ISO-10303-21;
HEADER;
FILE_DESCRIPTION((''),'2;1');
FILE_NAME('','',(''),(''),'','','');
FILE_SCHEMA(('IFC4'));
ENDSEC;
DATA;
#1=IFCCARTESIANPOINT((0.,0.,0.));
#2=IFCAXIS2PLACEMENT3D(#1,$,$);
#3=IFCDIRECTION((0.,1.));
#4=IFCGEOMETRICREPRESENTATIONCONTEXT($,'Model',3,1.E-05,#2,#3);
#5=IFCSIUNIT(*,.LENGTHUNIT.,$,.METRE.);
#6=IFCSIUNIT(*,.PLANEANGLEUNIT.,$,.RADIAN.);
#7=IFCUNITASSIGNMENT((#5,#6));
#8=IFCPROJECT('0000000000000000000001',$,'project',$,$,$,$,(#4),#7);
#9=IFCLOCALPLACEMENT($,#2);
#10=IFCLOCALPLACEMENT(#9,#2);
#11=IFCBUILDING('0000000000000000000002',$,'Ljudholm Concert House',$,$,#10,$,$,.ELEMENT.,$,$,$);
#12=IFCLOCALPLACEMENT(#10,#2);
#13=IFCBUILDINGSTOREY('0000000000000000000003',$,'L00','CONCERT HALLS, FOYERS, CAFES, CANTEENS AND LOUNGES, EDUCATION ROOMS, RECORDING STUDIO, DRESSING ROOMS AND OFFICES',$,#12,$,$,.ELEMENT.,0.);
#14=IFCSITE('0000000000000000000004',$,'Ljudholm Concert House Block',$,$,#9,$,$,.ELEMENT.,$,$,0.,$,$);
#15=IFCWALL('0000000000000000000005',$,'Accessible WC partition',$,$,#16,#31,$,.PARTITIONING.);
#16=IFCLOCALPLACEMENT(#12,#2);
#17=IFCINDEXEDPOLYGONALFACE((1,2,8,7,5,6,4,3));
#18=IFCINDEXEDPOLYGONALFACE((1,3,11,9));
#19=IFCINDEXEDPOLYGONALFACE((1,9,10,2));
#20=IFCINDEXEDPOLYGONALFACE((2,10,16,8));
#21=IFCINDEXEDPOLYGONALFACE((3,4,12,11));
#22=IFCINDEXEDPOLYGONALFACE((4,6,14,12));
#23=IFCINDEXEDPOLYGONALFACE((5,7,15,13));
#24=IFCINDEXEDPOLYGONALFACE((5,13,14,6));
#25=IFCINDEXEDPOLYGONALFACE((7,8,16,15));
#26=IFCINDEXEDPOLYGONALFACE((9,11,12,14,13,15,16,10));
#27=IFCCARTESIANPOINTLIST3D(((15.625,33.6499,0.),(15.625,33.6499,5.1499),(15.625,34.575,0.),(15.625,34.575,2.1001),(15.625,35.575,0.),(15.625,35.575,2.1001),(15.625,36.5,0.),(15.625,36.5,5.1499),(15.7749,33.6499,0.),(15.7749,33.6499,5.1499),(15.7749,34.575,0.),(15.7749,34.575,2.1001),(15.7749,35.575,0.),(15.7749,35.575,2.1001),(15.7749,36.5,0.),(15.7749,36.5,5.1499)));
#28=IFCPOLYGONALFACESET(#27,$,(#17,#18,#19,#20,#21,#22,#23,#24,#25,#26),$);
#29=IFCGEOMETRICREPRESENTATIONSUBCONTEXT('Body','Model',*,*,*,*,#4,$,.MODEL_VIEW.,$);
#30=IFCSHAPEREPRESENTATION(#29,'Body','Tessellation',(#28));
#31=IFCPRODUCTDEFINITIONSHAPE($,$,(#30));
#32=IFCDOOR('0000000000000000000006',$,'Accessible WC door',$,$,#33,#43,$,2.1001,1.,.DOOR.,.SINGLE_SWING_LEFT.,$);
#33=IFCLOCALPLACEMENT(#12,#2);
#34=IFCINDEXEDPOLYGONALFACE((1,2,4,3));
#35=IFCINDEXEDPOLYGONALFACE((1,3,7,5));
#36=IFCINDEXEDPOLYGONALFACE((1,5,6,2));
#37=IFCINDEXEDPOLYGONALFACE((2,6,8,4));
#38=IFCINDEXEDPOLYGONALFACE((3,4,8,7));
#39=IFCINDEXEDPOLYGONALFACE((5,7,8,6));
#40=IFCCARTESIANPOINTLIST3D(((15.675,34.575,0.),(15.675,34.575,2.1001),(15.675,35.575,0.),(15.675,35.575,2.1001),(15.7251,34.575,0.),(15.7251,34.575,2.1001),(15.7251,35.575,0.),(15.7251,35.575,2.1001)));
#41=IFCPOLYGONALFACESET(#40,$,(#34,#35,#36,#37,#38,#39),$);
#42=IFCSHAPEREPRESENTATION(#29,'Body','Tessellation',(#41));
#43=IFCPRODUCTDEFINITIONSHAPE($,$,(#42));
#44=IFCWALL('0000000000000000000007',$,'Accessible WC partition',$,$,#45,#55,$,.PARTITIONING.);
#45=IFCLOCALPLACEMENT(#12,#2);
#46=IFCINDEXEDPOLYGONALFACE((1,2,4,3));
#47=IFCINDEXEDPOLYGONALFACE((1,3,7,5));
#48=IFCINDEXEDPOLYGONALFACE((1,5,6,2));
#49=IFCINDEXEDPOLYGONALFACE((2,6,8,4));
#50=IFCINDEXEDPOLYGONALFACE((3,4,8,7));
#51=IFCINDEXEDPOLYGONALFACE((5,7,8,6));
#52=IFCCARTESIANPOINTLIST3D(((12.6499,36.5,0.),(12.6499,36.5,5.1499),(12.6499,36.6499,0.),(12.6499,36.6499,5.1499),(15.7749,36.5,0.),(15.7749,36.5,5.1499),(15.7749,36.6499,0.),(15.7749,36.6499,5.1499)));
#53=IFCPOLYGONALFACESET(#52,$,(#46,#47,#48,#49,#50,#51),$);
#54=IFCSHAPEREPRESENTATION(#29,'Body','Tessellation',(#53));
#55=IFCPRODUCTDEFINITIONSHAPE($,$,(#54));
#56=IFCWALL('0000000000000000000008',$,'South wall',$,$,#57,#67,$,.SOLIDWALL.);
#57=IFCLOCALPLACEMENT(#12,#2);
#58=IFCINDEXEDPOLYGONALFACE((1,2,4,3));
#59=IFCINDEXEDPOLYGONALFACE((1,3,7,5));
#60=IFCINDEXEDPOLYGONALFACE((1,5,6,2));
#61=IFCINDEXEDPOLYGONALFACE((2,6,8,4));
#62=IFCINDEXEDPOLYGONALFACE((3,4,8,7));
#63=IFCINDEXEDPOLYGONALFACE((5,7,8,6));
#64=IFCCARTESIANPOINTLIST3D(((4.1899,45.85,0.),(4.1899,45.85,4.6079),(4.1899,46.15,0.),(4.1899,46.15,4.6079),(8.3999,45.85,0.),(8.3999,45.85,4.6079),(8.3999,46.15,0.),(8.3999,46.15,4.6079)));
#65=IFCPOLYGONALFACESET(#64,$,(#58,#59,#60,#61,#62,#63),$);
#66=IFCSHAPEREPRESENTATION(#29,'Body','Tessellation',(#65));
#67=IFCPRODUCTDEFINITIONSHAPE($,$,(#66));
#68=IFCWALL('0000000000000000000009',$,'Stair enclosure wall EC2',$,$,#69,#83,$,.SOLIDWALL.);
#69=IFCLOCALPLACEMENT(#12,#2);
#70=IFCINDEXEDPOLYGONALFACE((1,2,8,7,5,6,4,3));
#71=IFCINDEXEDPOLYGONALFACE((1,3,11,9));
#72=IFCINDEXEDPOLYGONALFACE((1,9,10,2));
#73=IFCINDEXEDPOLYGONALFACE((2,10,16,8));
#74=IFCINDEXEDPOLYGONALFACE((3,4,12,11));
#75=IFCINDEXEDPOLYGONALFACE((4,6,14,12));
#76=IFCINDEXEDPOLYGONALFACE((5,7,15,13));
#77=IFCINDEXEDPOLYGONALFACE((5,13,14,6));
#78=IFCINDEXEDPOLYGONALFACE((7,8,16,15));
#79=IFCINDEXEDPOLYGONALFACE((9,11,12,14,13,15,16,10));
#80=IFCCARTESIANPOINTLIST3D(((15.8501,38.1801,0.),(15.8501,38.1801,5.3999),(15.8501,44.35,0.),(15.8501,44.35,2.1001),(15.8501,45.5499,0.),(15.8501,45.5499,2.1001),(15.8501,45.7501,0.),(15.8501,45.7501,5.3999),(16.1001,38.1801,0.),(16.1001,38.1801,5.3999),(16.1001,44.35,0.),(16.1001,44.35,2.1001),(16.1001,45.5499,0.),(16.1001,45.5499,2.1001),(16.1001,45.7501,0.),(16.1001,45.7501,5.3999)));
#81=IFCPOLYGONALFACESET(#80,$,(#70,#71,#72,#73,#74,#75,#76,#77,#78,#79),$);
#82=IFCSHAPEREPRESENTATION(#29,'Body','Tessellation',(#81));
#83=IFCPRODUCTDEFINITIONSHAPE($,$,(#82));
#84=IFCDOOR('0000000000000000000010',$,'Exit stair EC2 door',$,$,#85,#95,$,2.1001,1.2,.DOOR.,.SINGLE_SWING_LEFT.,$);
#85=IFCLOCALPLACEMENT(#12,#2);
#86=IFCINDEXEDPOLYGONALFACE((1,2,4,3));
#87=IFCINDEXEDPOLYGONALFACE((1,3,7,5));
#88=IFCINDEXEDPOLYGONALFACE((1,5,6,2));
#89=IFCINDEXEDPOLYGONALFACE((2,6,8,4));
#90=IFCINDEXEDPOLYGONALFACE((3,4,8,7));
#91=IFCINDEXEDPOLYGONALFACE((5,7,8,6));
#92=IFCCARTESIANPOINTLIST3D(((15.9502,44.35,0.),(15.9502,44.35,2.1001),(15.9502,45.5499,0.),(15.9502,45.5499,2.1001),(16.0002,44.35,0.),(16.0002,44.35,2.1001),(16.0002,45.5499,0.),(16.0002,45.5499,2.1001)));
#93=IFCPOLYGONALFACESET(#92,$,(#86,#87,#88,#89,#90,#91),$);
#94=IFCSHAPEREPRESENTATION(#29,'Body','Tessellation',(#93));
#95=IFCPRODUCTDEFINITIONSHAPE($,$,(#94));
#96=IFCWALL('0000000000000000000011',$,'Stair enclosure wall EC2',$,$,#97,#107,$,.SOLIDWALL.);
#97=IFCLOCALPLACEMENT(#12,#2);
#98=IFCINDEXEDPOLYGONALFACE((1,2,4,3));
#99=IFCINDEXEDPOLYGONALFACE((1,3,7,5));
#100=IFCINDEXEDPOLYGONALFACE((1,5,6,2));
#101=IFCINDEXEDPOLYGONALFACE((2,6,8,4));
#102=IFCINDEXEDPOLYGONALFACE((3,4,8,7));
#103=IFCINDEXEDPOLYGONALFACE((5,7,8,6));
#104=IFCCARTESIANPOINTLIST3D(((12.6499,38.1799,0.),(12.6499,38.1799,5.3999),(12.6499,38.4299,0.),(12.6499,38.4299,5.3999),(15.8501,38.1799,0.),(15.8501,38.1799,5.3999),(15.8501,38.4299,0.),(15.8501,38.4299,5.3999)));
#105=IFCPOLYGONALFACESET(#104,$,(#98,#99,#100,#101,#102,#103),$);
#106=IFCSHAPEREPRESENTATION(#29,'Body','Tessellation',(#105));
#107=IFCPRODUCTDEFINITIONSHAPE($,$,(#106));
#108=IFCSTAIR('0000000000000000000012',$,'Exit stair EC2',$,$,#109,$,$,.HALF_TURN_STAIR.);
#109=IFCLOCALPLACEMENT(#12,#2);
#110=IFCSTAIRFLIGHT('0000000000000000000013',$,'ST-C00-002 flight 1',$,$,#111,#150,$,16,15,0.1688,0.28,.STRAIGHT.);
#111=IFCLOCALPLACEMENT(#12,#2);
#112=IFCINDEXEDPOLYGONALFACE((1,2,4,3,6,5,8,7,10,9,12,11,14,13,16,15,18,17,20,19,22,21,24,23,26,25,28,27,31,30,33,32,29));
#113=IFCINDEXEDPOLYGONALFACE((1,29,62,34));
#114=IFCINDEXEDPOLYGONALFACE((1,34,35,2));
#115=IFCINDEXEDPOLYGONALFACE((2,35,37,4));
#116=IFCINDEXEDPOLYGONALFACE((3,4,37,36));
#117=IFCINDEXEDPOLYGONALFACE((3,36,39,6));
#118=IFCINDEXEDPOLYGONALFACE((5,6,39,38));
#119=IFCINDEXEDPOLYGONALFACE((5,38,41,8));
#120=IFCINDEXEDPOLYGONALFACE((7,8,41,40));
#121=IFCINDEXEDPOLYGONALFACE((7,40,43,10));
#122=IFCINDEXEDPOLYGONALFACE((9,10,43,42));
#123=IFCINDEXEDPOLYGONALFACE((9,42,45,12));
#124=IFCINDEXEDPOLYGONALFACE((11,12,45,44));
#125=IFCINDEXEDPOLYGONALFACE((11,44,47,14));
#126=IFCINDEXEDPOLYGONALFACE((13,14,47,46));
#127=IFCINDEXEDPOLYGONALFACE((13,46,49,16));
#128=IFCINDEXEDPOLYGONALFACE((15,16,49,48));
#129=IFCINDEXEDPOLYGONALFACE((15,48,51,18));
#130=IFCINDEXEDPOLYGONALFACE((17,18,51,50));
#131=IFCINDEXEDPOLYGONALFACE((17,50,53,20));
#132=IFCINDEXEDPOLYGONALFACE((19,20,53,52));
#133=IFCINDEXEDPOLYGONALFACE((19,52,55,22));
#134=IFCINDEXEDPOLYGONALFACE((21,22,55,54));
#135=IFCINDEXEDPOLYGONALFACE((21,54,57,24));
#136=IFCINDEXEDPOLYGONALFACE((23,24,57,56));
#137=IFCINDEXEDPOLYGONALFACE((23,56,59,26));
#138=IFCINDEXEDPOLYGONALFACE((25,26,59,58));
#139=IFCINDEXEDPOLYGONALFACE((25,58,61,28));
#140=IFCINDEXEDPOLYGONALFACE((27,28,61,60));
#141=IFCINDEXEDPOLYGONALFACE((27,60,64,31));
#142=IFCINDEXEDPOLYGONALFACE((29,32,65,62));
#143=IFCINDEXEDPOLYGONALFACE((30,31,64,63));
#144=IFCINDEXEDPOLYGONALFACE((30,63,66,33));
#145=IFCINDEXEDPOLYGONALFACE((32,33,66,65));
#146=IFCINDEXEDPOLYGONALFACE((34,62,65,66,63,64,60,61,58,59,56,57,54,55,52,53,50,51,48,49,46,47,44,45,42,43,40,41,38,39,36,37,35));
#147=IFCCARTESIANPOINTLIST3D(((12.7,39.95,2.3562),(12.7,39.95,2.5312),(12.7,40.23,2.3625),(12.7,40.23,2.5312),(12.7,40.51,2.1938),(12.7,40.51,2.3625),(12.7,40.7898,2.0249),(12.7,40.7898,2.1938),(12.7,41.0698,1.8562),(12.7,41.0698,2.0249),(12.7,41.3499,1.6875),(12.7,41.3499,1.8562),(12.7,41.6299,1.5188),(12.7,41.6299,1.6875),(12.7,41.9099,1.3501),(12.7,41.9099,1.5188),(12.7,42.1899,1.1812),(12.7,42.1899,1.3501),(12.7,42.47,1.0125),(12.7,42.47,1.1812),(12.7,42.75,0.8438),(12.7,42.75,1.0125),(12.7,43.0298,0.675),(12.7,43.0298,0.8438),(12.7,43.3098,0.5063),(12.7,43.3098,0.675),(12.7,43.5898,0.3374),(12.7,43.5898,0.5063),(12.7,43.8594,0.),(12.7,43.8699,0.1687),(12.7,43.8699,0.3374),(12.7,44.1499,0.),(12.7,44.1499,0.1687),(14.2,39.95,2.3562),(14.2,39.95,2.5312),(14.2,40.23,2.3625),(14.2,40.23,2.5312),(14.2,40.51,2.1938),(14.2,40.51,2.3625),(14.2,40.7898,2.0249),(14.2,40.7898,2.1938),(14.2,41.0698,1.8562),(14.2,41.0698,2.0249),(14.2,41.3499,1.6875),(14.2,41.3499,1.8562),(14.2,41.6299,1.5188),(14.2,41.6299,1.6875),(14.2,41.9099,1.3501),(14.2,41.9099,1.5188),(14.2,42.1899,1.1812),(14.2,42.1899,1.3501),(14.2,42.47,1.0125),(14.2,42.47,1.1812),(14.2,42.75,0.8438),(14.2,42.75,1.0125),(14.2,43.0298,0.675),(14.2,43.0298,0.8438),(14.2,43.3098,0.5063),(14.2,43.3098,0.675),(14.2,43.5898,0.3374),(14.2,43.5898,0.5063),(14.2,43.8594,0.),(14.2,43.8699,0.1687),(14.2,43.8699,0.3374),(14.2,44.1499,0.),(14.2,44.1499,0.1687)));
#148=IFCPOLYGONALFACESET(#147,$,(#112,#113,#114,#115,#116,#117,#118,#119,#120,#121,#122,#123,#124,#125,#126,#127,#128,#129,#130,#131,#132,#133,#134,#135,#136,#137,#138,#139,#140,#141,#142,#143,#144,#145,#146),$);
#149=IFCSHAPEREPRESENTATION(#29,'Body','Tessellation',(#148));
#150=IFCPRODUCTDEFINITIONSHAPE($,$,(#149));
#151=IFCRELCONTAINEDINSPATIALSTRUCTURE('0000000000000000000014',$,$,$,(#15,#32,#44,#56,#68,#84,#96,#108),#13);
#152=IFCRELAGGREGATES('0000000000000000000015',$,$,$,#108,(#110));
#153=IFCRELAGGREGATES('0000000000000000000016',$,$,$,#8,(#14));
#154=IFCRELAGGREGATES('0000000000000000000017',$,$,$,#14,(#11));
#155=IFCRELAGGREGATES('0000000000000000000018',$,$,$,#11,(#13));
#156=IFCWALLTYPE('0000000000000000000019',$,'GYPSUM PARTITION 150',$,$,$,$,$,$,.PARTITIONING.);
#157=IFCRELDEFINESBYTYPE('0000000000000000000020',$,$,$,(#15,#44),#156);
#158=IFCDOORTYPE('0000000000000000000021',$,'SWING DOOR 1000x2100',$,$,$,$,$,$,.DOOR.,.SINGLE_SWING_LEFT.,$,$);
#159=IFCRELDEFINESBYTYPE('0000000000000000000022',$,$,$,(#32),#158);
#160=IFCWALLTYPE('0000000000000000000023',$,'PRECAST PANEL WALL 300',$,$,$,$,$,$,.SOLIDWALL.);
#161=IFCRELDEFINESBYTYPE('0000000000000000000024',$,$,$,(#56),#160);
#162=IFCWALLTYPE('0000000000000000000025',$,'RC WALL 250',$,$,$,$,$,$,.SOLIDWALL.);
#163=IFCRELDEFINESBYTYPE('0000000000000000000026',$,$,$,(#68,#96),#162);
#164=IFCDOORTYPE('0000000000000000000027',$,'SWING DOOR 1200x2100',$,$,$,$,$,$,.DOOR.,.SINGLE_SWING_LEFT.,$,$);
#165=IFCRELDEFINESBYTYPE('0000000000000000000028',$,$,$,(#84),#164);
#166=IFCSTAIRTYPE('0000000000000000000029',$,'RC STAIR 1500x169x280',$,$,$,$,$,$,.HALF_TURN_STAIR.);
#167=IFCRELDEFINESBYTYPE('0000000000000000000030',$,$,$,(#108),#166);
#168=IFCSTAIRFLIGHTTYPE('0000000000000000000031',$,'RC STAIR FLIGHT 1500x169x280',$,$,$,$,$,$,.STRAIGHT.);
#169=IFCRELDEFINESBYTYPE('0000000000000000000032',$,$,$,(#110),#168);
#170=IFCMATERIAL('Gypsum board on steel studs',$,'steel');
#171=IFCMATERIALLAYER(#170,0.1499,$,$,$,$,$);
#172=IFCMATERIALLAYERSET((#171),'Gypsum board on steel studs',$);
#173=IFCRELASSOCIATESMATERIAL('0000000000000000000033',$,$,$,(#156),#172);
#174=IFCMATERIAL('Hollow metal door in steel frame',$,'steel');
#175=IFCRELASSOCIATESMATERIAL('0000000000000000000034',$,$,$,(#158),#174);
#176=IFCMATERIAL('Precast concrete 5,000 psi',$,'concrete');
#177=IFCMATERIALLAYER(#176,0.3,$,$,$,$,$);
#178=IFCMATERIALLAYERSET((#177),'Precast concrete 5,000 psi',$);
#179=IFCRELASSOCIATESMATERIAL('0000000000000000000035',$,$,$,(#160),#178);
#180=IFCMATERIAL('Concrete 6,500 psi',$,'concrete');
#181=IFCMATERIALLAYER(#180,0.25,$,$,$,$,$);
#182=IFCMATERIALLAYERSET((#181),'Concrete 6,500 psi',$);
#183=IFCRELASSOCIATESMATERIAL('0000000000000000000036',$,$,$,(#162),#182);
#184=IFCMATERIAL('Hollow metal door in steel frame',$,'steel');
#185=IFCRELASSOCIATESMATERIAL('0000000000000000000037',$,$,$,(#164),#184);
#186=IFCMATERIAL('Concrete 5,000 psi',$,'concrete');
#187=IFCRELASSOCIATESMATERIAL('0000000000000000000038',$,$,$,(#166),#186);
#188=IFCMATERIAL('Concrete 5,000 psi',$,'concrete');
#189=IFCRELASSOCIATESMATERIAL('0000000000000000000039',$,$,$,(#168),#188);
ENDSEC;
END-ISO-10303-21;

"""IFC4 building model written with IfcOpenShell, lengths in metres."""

from ifc_helpers import new_model, si_unit, direction, frame, frame_2d, origin, place, context, subcontext, project, spatial, polyline, rectangle, outline, extrude, material, layer, layer_set, type_object, element, fill, aggregate, save


model = new_model("IFC4")

# Units and contexts
model_context = context("Model", 3, precision=1e-05, world=origin(), true_north=direction((0.0, 1.0)))
body_context = subcontext(model_context, "Body", "Model", "MODEL_VIEW")
ifc_project = project(units=[si_unit("LENGTHUNIT", "METRE"), si_unit("PLANEANGLEUNIT", "RADIAN")], contexts=[model_context])

# Site, building, storey
site_placement = place(None, origin())
site = spatial("IfcSite", under=ifc_project, at=site_placement, Name="Ljudholm Concert House Block", CompositionType="ELEMENT", RefElevation=0.0)
building_placement = place(site_placement, origin())
building = spatial("IfcBuilding", under=site, at=building_placement, Name="Ljudholm Concert House", CompositionType="ELEMENT")
storey_placement = place(building_placement, origin())
storey = spatial("IfcBuildingStorey", under=building, at=storey_placement, Name="L00", Description="CONCERT HALLS, FOYERS, CAFES, CANTEENS AND LOUNGES, EDUCATION ROOMS, RECORDING STUDIO, DRESSING ROOMS AND OFFICES", CompositionType="ELEMENT", Elevation=0.0)

# Shared definitions
ifc_material_1 = material(Name="Gypsum board on steel studs", Category="steel")
ifc_layer_1 = layer(ifc_material_1, 0.1499)
ifc_layer_set_1 = layer_set([ifc_layer_1], Name="Gypsum board on steel studs")
wall_type_1 = type_object("IfcWallType", Name="GYPSUM PARTITION 150", PredefinedType="PARTITIONING", material=ifc_layer_set_1)

# Wall, opening, door
wall_1_placement = place(storey_placement, frame((15.7, 33.6499, 0.0), z_axis=(0.0, 0.0, 1.0), x_axis=(0.0, 1.0, 0.0)))
wall_1 = element("IfcWall", 1, at=wall_1_placement, inside=storey, type_object=wall_type_1, Name="Accessible WC partition", PredefinedType="PARTITIONING", context=body_context, shape_type="SweptSolid", body=[
    extrude(rectangle(XDim=2.8501, YDim=0.1499, at=frame_2d((1.425, 0.0))), origin(), (0.0, 0.0, 1.0), 5.1499),
])
opening_1_placement = place(wall_1_placement, frame((0.925, 0.0, 0.0)))
opening_1 = element("IfcOpeningElement", 2, at=opening_1_placement, cuts=wall_1, PredefinedType="OPENING", context=body_context, shape_type="SweptSolid", body=[
    extrude(rectangle(XDim=1.0, YDim=2.1001, at=frame_2d((0.5, 1.05))), frame((0.0, 0.085, 0.0), z_axis=(0.0, -1.0, 0.0), x_axis=(1.0, 0.0, 0.0)), (0.0, 0.0, 1.0), 0.1699),
])
ifc_material_2 = material(Name="Hollow metal door in steel frame", Category="steel")
door_type_1 = type_object("IfcDoorType", Name="SWING DOOR 1000x2100", OperationType="SINGLE_SWING_LEFT", PredefinedType="DOOR", material=ifc_material_2)
door_1_placement = place(opening_1_placement, origin())
door_1 = element("IfcDoor", 3, at=door_1_placement, inside=storey, type_object=door_type_1, Name="Accessible WC door", OperationType="SINGLE_SWING_LEFT", OverallHeight=2.1001, OverallWidth=1.0, PredefinedType="DOOR", context=body_context, shape_type="SweptSolid", body=[
    extrude(rectangle(XDim=1.0, YDim=2.1001, at=frame_2d((0.5, 1.05))), frame((0.0, 0.0249, 0.0), z_axis=(0.0, -1.0, 0.0), x_axis=(1.0, 0.0, 0.0)), (0.0, 0.0, 1.0), 0.05),
])
fill(opening_1, door_1)

# Walls
wall_2_placement = place(storey_placement, frame((12.6499, 36.575, 0.0), z_axis=(0.0, 0.0, 1.0), x_axis=(1.0, 0.0, 0.0)))
element("IfcWall", 4, at=wall_2_placement, inside=storey, type_object=wall_type_1, Name="Accessible WC partition", PredefinedType="PARTITIONING", context=body_context, shape_type="SweptSolid", body=[
    extrude(rectangle(XDim=3.125, YDim=0.1499, at=frame_2d((1.5625, 0.0))), origin(), (0.0, 0.0, 1.0), 5.1499),
])
ifc_material_3 = material(Name="Precast concrete 5,000 psi", Category="concrete")
ifc_layer_2 = layer(ifc_material_3, 0.3)
ifc_layer_set_2 = layer_set([ifc_layer_2], Name="Precast concrete 5,000 psi")
wall_type_2 = type_object("IfcWallType", Name="PRECAST PANEL WALL 300", PredefinedType="SOLIDWALL", material=ifc_layer_set_2)
wall_3_placement = place(storey_placement, frame((4.1899, 46.0, 0.0), z_axis=(0.0, 0.0, 1.0), x_axis=(1.0, 0.0, 0.0)))
element("IfcWall", 5, at=wall_3_placement, inside=storey, type_object=wall_type_2, Name="South wall", PredefinedType="SOLIDWALL", context=body_context, shape_type="SweptSolid", body=[
    extrude(rectangle(XDim=4.21, YDim=0.3, at=frame_2d((2.105, 0.0))), origin(), (0.0, 0.0, 1.0), 4.6079),
])

# Wall, opening, door
ifc_material_4 = material(Name="Concrete 6,500 psi", Category="concrete")
ifc_layer_3 = layer(ifc_material_4, 0.25)
ifc_layer_set_3 = layer_set([ifc_layer_3], Name="Concrete 6,500 psi")
wall_type_3 = type_object("IfcWallType", Name="RC WALL 250", PredefinedType="SOLIDWALL", material=ifc_layer_set_3)
wall_4_placement = place(storey_placement, frame((15.9751, 38.1799, 0.0), z_axis=(0.0, 0.0, 1.0), x_axis=(0.0, 1.0, 0.0)))
wall_4 = element("IfcWall", 6, at=wall_4_placement, inside=storey, type_object=wall_type_3, Name="Stair enclosure wall EC2", PredefinedType="SOLIDWALL", context=body_context, shape_type="SweptSolid", body=[
    extrude(rectangle(XDim=7.5701, YDim=0.25, at=frame_2d((3.7852, 0.0))), origin(), (0.0, 0.0, 1.0), 5.3999),
])
opening_2_placement = place(wall_4_placement, frame((6.1699, 0.0, 0.0)))
opening_2 = element("IfcOpeningElement", 7, at=opening_2_placement, cuts=wall_4, PredefinedType="OPENING", context=body_context, shape_type="SweptSolid", body=[
    extrude(rectangle(XDim=1.2, YDim=2.1001, at=frame_2d((0.6001, 1.05))), frame((0.0, 0.135, 0.0), z_axis=(0.0, -1.0, 0.0), x_axis=(1.0, 0.0, 0.0)), (0.0, 0.0, 1.0), 0.27),
])
ifc_material_5 = material(Name="Hollow metal door in steel frame", Category="steel")
door_type_2 = type_object("IfcDoorType", Name="SWING DOOR 1200x2100", OperationType="SINGLE_SWING_LEFT", PredefinedType="DOOR", material=ifc_material_5)
door_2_placement = place(opening_2_placement, origin())
door_2 = element("IfcDoor", 8, at=door_2_placement, inside=storey, type_object=door_type_2, Name="Exit stair EC2 door", OperationType="SINGLE_SWING_LEFT", OverallHeight=2.1001, OverallWidth=1.2, PredefinedType="DOOR", context=body_context, shape_type="SweptSolid", body=[
    extrude(rectangle(XDim=1.2, YDim=2.1001, at=frame_2d((0.6001, 1.05))), frame((0.0, 0.0249, 0.0), z_axis=(0.0, -1.0, 0.0), x_axis=(1.0, 0.0, 0.0)), (0.0, 0.0, 1.0), 0.05),
])
fill(opening_2, door_2)

# Wall
wall_5_placement = place(storey_placement, frame((12.6499, 38.3049, 0.0), z_axis=(0.0, 0.0, 1.0), x_axis=(1.0, 0.0, 0.0)))
element("IfcWall", 9, at=wall_5_placement, inside=storey, type_object=wall_type_3, Name="Stair enclosure wall EC2", PredefinedType="SOLIDWALL", context=body_context, shape_type="SweptSolid", body=[
    extrude(rectangle(XDim=3.2002, YDim=0.25, at=frame_2d((1.6001, 0.0))), origin(), (0.0, 0.0, 1.0), 5.3999),
])

# Stair, stair flight
ifc_material_6 = material(Name="Concrete 5,000 psi", Category="concrete")
stair_type = type_object("IfcStairType", Name="RC STAIR 1500x169x280", PredefinedType="HALF_TURN_STAIR", material=ifc_material_6)
stair_placement = place(storey_placement, origin())
stair = element("IfcStair", 10, at=stair_placement, inside=storey, type_object=stair_type, Name="Exit stair EC2", PredefinedType="HALF_TURN_STAIR")
ifc_material_7 = material(Name="Concrete 5,000 psi", Category="concrete")
stair_flight_type = type_object("IfcStairFlightType", Name="RC STAIR FLIGHT 1500x169x280", PredefinedType="STRAIGHT", material=ifc_material_7)
stair_flight_1_placement = place(storey_placement, frame((13.45, 44.1499, 0.0), z_axis=(0.0, 0.0, 1.0), x_axis=(0.0, -1.0, 0.0)))
stair_flight_1 = element("IfcStairFlight", 11, at=stair_flight_1_placement, type_object=stair_flight_type, Name="ST-C00-002 flight 1", NumberOfRisers=16, NumberOfTreads=15, PredefinedType="STRAIGHT", RiserHeight=0.1688, TreadLength=0.28, context=body_context, shape_type="SweptSolid", body=[
    extrude(outline(polyline([(0.0, 0.0), (0.0, 0.1687), (0.28, 0.1687), (0.28, 0.3374), (0.5601, 0.3374), (0.5601, 0.5063), (0.8401, 0.5063), (0.8401, 0.675), (1.1201, 0.675), (1.1201, 0.8438), (1.3999, 0.8438), (1.3999, 1.0125), (1.6799, 1.0125), (1.6799, 1.1812), (1.96, 1.1812), (1.96, 1.3501), (2.24, 1.3501), (2.24, 1.5188), (2.52, 1.5188), (2.52, 1.6875), (2.8, 1.6875), (2.8, 1.8562), (3.0801, 1.8562), (3.0801, 2.0249), (3.3601, 2.0249), (3.3601, 2.1938), (3.6399, 2.1938), (3.6399, 2.3625), (3.9199, 2.3625), (3.9199, 2.5312), (4.2, 2.5312), (4.2, 2.7), (4.2, 2.3562), (0.2905, 0.0), (0.0, 0.0)])), frame((0.0, 0.75, 0.0), z_axis=(0.0, -1.0, 0.0), x_axis=(1.0, 0.0, 0.0)), (0.0, 0.0, 1.0), 1.5),
])
aggregate(stair, [stair_flight_1])

save(model, "model.ifc")
